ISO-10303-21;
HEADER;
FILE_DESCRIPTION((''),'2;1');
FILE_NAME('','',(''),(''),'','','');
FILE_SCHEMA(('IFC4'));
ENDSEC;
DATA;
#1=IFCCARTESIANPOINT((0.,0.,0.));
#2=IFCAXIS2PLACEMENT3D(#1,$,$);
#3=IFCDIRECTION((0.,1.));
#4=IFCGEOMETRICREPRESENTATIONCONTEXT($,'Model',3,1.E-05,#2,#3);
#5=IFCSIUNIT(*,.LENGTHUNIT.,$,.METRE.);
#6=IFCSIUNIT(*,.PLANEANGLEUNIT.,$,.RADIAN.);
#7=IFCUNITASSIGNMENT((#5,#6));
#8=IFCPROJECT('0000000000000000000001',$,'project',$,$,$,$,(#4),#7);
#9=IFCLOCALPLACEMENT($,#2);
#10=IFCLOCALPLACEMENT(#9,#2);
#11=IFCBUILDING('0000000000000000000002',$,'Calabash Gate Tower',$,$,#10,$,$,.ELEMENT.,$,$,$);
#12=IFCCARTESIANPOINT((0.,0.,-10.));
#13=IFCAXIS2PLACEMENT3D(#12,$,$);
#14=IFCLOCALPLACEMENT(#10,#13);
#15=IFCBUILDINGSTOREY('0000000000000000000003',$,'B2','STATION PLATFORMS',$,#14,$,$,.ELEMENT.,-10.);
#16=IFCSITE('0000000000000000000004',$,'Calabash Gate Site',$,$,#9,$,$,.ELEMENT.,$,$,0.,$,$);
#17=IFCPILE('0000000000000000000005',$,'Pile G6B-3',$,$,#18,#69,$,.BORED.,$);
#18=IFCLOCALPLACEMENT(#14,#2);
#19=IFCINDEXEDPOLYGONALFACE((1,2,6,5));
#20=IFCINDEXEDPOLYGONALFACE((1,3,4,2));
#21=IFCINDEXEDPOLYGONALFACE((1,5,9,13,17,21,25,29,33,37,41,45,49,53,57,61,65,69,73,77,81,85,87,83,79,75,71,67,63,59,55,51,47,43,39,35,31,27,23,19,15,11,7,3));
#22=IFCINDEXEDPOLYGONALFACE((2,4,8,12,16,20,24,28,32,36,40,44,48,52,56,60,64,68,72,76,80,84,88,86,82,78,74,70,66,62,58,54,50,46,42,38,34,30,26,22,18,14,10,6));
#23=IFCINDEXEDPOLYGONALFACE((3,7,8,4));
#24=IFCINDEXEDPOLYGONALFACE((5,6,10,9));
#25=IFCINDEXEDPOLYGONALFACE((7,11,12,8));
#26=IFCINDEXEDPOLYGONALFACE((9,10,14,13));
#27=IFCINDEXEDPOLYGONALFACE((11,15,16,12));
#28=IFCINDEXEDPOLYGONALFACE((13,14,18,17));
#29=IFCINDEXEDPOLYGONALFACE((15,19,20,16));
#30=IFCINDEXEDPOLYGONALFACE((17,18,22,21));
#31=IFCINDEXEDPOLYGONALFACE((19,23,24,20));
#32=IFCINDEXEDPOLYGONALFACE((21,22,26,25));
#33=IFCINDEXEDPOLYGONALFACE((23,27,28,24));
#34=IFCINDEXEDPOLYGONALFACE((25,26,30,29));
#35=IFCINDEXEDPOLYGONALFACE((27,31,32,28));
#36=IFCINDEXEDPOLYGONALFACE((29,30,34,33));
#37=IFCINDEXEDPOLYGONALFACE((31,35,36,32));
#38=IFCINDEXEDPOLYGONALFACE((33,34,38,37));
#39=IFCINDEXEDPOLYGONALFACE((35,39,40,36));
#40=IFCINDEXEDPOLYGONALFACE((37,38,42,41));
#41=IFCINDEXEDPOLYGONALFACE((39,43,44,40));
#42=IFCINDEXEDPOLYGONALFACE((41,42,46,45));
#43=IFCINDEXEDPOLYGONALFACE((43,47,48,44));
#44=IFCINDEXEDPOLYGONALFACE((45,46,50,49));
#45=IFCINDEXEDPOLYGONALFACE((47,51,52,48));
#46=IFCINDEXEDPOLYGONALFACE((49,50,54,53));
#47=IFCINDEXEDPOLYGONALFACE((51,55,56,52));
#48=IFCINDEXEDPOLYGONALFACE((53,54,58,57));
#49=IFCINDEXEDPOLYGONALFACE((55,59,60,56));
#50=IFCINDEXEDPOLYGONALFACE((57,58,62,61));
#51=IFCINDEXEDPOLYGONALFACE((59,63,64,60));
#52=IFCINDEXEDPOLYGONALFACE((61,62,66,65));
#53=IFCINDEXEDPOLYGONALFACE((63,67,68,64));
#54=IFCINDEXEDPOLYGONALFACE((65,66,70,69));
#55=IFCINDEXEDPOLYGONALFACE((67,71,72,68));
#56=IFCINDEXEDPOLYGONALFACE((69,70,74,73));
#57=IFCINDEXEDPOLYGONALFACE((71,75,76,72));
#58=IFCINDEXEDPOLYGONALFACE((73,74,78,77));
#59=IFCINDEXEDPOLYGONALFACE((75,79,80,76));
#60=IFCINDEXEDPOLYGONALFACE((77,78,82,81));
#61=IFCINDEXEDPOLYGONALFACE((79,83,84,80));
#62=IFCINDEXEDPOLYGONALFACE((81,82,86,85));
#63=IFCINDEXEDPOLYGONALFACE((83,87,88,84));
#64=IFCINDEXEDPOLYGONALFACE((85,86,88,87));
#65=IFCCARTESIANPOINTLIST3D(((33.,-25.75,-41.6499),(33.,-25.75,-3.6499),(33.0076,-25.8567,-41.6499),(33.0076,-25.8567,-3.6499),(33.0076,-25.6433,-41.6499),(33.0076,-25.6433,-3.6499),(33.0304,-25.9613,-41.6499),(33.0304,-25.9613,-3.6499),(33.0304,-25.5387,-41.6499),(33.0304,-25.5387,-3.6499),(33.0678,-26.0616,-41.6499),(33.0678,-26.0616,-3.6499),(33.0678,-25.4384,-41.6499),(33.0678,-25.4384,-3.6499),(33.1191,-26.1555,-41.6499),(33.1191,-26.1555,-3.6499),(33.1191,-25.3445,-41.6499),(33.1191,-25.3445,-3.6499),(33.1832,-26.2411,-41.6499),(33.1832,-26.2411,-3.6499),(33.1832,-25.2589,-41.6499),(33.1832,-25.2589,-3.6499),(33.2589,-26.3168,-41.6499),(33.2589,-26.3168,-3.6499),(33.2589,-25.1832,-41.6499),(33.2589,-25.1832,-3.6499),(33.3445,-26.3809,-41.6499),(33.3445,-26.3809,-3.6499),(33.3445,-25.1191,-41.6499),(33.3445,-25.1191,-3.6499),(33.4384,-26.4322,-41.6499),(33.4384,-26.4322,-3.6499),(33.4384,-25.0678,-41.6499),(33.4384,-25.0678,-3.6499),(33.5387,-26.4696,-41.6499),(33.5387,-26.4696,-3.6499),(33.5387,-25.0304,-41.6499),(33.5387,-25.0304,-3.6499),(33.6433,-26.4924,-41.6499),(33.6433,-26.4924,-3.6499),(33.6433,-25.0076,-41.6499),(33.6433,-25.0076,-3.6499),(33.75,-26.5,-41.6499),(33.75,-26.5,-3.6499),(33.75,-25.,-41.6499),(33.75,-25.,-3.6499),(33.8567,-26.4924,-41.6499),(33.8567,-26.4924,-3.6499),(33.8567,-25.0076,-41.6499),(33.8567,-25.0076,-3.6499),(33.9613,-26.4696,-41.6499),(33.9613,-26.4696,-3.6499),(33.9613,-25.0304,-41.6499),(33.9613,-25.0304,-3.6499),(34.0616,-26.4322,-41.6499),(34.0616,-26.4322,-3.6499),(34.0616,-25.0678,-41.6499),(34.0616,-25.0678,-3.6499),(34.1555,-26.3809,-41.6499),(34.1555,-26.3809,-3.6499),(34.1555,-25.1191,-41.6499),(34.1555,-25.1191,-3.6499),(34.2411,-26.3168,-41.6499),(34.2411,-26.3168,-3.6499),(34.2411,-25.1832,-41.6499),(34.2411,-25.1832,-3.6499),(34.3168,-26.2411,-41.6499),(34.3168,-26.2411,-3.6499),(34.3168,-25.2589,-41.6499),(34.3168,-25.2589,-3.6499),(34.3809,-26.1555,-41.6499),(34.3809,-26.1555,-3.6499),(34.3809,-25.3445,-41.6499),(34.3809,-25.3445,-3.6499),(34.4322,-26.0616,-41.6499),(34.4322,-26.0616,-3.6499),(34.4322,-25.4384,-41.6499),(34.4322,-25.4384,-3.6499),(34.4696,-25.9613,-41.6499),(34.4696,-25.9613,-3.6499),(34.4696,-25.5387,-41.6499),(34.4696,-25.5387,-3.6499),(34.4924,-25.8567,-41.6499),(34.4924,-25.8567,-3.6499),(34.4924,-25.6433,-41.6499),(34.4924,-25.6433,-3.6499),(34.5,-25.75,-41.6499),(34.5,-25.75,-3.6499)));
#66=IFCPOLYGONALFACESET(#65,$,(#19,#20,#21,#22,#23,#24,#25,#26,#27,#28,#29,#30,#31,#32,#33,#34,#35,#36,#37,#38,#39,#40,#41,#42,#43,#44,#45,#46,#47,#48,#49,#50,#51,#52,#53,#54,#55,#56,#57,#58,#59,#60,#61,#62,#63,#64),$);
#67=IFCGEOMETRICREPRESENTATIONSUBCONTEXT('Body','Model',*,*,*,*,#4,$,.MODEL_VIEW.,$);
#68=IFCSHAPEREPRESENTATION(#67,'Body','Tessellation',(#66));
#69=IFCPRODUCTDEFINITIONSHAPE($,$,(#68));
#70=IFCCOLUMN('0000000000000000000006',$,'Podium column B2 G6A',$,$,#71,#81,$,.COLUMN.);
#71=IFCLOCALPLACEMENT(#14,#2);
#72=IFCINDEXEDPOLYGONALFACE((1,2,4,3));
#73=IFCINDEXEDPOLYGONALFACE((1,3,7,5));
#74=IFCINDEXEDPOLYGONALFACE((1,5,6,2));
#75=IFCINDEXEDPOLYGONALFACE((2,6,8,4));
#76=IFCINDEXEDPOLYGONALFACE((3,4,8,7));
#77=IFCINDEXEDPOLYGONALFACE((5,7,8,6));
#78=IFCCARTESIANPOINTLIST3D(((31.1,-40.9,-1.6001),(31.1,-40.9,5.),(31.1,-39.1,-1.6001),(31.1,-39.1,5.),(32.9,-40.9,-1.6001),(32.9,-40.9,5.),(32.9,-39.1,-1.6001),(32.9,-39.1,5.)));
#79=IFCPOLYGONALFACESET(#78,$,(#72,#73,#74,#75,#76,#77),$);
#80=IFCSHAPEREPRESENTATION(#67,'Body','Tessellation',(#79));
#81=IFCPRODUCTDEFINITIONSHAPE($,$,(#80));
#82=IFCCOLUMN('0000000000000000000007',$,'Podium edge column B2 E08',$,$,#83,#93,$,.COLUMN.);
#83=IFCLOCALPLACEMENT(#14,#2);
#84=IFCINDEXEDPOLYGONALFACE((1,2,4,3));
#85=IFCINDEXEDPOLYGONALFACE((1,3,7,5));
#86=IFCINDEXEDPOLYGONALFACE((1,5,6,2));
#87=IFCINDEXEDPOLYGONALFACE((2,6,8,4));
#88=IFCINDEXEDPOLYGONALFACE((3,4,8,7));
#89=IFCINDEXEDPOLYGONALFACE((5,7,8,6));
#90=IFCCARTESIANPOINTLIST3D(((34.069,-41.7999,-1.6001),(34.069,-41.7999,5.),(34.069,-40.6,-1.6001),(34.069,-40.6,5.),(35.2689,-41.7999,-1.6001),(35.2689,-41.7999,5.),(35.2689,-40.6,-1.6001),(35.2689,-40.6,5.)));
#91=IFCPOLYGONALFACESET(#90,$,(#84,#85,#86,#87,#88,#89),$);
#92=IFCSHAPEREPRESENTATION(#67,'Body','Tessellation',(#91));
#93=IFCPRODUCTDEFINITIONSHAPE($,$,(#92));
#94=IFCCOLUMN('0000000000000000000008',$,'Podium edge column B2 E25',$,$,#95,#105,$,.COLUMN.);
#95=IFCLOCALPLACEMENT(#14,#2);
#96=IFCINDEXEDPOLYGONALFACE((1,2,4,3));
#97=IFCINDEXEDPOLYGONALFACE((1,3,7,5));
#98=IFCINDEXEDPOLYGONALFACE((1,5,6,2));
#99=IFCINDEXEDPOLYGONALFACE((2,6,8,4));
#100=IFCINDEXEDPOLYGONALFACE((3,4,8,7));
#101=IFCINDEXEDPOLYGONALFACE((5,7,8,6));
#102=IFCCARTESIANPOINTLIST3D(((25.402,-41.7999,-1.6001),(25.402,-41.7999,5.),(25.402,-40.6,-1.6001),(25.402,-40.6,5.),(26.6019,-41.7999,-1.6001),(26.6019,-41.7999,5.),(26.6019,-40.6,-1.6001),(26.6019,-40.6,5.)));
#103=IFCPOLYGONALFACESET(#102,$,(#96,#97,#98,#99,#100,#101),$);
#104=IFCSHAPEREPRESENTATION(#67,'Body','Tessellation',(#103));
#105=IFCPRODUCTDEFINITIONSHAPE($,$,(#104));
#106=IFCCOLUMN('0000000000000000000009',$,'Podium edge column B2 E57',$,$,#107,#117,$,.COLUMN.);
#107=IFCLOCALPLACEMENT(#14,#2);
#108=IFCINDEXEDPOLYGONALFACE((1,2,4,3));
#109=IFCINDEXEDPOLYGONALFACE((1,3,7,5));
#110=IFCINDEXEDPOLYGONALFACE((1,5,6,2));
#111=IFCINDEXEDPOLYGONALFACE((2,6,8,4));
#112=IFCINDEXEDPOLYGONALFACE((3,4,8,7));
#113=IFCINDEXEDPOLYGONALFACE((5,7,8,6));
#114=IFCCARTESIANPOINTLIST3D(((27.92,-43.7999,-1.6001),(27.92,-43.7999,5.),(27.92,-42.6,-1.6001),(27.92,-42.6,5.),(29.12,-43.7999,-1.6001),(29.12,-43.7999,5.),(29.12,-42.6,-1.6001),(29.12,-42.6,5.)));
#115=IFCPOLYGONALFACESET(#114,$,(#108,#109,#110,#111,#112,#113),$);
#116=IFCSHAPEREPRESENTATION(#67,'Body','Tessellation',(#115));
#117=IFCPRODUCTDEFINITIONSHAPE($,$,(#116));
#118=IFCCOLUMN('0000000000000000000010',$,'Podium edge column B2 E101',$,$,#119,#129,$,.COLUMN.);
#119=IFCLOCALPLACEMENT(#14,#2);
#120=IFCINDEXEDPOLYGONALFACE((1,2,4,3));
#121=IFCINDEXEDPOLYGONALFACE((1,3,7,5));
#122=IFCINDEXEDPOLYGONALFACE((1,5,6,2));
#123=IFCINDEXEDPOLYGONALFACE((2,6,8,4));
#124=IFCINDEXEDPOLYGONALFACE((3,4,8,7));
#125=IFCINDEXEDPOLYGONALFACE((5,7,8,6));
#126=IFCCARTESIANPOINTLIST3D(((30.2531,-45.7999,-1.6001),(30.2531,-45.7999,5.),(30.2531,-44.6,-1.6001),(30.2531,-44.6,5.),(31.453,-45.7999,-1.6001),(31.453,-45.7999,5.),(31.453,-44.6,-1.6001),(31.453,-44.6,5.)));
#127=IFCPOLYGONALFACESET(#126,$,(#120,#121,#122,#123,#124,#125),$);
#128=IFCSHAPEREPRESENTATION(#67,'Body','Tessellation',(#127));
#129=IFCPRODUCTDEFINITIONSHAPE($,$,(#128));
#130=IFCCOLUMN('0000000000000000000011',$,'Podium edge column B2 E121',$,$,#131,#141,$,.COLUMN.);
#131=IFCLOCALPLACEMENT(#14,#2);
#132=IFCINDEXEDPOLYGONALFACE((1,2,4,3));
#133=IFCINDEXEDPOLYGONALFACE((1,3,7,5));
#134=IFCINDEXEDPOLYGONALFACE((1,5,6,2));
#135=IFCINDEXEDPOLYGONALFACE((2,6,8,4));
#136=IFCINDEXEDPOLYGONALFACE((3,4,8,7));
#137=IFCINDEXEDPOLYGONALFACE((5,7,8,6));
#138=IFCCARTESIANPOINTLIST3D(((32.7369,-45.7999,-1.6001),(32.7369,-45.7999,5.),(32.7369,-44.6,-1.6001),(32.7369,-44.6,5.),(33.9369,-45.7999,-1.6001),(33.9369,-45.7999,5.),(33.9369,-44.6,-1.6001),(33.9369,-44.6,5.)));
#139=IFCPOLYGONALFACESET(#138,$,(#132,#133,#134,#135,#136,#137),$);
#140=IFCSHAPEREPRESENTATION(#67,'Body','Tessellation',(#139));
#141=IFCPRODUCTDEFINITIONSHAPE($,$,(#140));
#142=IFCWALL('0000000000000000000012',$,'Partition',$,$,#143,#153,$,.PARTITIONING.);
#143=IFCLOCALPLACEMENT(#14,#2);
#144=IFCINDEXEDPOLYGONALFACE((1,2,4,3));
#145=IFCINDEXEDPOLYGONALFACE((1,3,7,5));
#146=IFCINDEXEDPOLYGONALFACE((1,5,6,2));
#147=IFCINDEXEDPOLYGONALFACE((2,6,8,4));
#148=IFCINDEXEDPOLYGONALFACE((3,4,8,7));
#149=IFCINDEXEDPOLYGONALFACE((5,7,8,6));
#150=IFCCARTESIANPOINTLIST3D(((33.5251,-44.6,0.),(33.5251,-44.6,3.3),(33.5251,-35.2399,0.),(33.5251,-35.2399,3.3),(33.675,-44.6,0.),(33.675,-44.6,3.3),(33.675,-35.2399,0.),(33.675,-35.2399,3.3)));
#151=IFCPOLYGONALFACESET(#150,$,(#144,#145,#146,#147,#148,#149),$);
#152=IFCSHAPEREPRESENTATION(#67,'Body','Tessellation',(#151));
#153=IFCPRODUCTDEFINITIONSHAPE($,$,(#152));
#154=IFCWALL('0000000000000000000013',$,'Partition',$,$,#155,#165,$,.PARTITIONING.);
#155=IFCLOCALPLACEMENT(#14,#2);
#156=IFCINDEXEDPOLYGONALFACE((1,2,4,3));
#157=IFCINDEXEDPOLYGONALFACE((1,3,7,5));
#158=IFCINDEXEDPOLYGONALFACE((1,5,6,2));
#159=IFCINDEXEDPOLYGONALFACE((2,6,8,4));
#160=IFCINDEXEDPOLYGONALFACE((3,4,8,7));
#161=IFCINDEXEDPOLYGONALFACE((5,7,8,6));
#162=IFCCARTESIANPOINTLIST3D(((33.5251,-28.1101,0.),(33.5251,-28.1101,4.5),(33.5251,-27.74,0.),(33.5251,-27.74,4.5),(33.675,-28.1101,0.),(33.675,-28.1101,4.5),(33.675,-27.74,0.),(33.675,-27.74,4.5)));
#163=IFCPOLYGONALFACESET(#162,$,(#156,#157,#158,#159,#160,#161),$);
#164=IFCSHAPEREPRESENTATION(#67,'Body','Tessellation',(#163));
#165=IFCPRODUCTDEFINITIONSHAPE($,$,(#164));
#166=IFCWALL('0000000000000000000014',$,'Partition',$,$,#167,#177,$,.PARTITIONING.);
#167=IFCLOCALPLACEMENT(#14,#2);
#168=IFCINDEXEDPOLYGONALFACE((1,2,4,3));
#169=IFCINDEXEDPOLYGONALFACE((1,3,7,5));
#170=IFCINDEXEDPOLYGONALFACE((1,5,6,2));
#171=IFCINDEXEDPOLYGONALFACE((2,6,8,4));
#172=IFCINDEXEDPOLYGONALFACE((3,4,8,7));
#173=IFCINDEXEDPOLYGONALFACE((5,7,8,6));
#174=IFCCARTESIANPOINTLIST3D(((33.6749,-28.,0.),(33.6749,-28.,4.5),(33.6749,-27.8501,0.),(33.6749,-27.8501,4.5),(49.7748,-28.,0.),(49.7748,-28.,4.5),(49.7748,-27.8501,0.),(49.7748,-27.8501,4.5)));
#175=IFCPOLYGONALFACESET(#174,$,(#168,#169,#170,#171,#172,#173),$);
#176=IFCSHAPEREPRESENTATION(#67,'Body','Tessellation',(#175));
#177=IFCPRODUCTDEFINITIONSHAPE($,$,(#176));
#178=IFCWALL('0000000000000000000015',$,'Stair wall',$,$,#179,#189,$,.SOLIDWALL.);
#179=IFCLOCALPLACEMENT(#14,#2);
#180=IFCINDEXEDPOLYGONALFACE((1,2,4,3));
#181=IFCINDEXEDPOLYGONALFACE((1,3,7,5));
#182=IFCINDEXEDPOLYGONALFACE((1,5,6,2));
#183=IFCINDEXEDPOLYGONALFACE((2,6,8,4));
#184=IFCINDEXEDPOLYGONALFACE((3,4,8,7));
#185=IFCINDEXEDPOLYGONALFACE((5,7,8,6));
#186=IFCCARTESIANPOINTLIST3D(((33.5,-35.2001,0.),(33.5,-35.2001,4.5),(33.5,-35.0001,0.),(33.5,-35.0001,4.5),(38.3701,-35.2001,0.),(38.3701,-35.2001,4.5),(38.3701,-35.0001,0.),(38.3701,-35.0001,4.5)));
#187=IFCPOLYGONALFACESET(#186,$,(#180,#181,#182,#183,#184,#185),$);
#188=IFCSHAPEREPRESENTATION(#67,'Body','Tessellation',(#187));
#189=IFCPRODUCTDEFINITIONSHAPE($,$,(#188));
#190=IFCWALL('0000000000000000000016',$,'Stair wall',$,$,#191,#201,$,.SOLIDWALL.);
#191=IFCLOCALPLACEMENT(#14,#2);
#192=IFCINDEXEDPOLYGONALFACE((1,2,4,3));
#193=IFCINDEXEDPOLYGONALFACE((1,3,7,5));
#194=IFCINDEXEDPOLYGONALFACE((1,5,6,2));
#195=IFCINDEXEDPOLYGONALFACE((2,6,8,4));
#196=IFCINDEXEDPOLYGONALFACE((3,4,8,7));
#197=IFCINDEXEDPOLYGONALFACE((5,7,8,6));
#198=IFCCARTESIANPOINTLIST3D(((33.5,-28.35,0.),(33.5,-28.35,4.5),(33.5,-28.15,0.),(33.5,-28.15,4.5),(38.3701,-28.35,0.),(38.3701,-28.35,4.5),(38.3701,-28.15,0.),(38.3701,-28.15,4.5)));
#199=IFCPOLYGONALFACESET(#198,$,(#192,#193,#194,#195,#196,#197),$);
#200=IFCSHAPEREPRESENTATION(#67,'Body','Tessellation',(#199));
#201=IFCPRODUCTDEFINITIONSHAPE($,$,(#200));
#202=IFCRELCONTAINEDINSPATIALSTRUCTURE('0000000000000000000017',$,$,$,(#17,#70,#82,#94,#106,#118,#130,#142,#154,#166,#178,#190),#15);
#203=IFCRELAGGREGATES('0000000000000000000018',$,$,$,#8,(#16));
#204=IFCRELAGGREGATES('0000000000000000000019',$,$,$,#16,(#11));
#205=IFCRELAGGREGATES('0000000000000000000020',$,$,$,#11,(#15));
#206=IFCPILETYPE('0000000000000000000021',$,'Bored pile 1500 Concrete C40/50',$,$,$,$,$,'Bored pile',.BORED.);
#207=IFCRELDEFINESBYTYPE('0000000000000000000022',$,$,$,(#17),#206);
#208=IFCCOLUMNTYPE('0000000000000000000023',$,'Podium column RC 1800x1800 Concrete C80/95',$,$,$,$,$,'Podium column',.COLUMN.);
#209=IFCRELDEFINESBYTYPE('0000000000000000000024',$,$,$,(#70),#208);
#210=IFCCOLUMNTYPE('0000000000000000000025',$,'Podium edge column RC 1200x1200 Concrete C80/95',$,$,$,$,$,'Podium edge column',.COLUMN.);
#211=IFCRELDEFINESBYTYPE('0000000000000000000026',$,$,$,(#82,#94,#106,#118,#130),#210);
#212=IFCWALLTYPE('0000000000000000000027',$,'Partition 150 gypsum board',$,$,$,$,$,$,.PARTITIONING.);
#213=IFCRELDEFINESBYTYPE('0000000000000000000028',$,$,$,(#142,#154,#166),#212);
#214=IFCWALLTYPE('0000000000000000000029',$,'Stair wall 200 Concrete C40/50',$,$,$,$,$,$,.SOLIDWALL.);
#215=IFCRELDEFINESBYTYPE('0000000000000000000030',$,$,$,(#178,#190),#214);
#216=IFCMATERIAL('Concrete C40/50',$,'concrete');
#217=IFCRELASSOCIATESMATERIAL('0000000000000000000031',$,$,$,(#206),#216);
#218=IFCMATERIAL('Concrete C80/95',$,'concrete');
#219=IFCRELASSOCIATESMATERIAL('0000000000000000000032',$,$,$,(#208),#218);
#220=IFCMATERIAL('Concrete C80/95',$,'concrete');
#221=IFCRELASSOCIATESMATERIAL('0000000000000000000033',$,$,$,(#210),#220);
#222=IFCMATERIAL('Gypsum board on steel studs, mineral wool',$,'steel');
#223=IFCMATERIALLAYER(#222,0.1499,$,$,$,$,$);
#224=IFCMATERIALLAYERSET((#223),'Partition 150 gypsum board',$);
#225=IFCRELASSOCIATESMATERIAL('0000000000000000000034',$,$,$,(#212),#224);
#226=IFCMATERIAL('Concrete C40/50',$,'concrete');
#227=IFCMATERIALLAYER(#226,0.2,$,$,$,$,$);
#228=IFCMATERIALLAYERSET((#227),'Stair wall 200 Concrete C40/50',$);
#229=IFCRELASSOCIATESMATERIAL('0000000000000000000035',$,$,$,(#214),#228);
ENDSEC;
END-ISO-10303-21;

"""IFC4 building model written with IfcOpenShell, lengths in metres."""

from ifc_helpers import new_model, si_unit, direction, frame, frame_2d, origin, origin_2d, place, context, subcontext, project, spatial, rectangle, circle, extrude, material, layer, layer_set, material_profile, profile_set, type_object, element, save


model = new_model("IFC4")

# Units and contexts
model_context = context("Model", 3, precision=1e-05, world=origin(), true_north=direction((0.0, 1.0)))
body_context = subcontext(model_context, "Body", "Model", "MODEL_VIEW")
ifc_project = project(units=[si_unit("LENGTHUNIT", "METRE"), si_unit("PLANEANGLEUNIT", "RADIAN")], contexts=[model_context])

# Site, building, storey
site_placement = place(None, origin())
site = spatial("IfcSite", under=ifc_project, at=site_placement, Name="Calabash Gate Site", CompositionType="ELEMENT", RefElevation=0.0)
building_placement = place(site_placement, origin())
building = spatial("IfcBuilding", under=site, at=building_placement, Name="Calabash Gate Tower", CompositionType="ELEMENT")
storey_placement = place(building_placement, frame((0.0, 0.0, -10.0)))
storey = spatial("IfcBuildingStorey", under=building, at=storey_placement, Name="B2", Description="STATION PLATFORMS", CompositionType="ELEMENT", Elevation=-10.0)

# Pile
ifc_material_1 = material(Name="Concrete C40/50", Category="concrete")
ifc_material_profile_1 = material_profile(ifc_material_1, circle(Radius=0.75, at=origin_2d()))
ifc_profile_set_1 = profile_set([ifc_material_profile_1], Name="Concrete C40/50")
pile_type = type_object("IfcPileType", Name="Bored pile 1500 Concrete C40/50", ElementType="Bored pile", PredefinedType="BORED", material=ifc_profile_set_1)
for number, where, z_axis, x_axis, name in (
    (1, (33.75, -25.75, -3.6499), (0.0, 0.0, -1.0), (1.0, 0.0, 0.0), "Pile G6B-3"),
):
    element("IfcPile", number, at=place(storey_placement, frame(where, z_axis=z_axis, x_axis=x_axis)), inside=storey, type_object=pile_type, Name=name, PredefinedType="BORED", context=body_context, shape_type="SweptSolid", body=[
        extrude(circle(Radius=0.75, at=origin_2d()), origin(), (0.0, 0.0, 1.0), 38.0),
    ])

# Columns
ifc_material_2 = material(Name="Concrete C80/95", Category="concrete")
ifc_material_profile_2 = material_profile(ifc_material_2, rectangle(XDim=1.8, YDim=1.8, at=origin_2d()))
ifc_profile_set_2 = profile_set([ifc_material_profile_2], Name="Concrete C80/95")
column_type_1 = type_object("IfcColumnType", Name="Podium column RC 1800x1800 Concrete C80/95", ElementType="Podium column", PredefinedType="COLUMN", material=ifc_profile_set_2)
column_placement = place(storey_placement, frame((32.0, -40.0, -1.6001), z_axis=(0.0, 0.0, 1.0), x_axis=(1.0, 0.0, 0.0)))
element("IfcColumn", 2, at=column_placement, inside=storey, type_object=column_type_1, Name="Podium column B2 G6A", PredefinedType="COLUMN", context=body_context, shape_type="SweptSolid", body=[
    extrude(rectangle(XDim=1.8, YDim=1.8, at=origin_2d()), origin(), (0.0, 0.0, 1.0), 6.6001),
])
ifc_material_3 = material(Name="Concrete C80/95", Category="concrete")
ifc_material_profile_3 = material_profile(ifc_material_3, rectangle(XDim=1.2, YDim=1.2, at=origin_2d()))
ifc_profile_set_3 = profile_set([ifc_material_profile_3], Name="Concrete C80/95")
column_type_2 = type_object("IfcColumnType", Name="Podium edge column RC 1200x1200 Concrete C80/95", ElementType="Podium edge column", PredefinedType="COLUMN", material=ifc_profile_set_3)
for number, where, z_axis, x_axis, name in (
    (3, (34.6689, -41.2, -1.6001), (0.0, 0.0, 1.0), (1.0, 0.0, 0.0), "Podium edge column B2 E08"),
    (4, (26.002, -41.2, -1.6001), (0.0, 0.0, 1.0), (1.0, 0.0, 0.0), "Podium edge column B2 E25"),
    (5, (28.52, -43.2, -1.6001), (0.0, 0.0, 1.0), (1.0, 0.0, 0.0), "Podium edge column B2 E57"),
    (6, (30.853, -45.2, -1.6001), (0.0, 0.0, 1.0), (1.0, 0.0, 0.0), "Podium edge column B2 E101"),
    (7, (33.3369, -45.2, -1.6001), (0.0, 0.0, 1.0), (1.0, 0.0, 0.0), "Podium edge column B2 E121"),
):
    element("IfcColumn", number, at=place(storey_placement, frame(where, z_axis=z_axis, x_axis=x_axis)), inside=storey, type_object=column_type_2, Name=name, PredefinedType="COLUMN", context=body_context, shape_type="SweptSolid", body=[
        extrude(rectangle(XDim=1.2, YDim=1.2, at=origin_2d()), origin(), (0.0, 0.0, 1.0), 6.6001),
    ])

# Walls
ifc_material_4 = material(Name="Gypsum board on steel studs, mineral wool", Category="steel")
ifc_layer_1 = layer(ifc_material_4, 0.1499)
ifc_layer_set_1 = layer_set([ifc_layer_1], Name="Partition 150 gypsum board")
wall_type_1 = type_object("IfcWallType", Name="Partition 150 gypsum board", PredefinedType="PARTITIONING", material=ifc_layer_set_1)
wall_1_placement = place(storey_placement, frame((33.6001, -44.6001, 0.0), z_axis=(0.0, 0.0, 1.0), x_axis=(0.0, 1.0, 0.0)))
element("IfcWall", 8, at=wall_1_placement, inside=storey, type_object=wall_type_1, Name="Partition", PredefinedType="PARTITIONING", context=body_context, shape_type="SweptSolid", body=[
    extrude(rectangle(XDim=9.3601, YDim=0.1499, at=frame_2d((4.6802, 0.0))), origin(), (0.0, 0.0, 1.0), 3.3),
])
wall_2_placement = place(storey_placement, frame((33.6001, -28.1101, 0.0), z_axis=(0.0, 0.0, 1.0), x_axis=(0.0, 1.0, 0.0)))
element("IfcWall", 9, at=wall_2_placement, inside=storey, type_object=wall_type_1, Name="Partition", PredefinedType="PARTITIONING", context=body_context, shape_type="SweptSolid", body=[
    extrude(rectangle(XDim=0.3701, YDim=0.1499, at=frame_2d((0.1851, 0.0))), origin(), (0.0, 0.0, 1.0), 4.5),
])
wall_3_placement = place(storey_placement, frame((33.675, -27.925, 0.0), z_axis=(0.0, 0.0, 1.0), x_axis=(1.0, 0.0, 0.0)))
element("IfcWall", 10, at=wall_3_placement, inside=storey, type_object=wall_type_1, Name="Partition", PredefinedType="PARTITIONING", context=body_context, shape_type="SweptSolid", body=[
    extrude(rectangle(XDim=16.0999, YDim=0.1499, at=frame_2d((8.0498, 0.0))), origin(), (0.0, 0.0, 1.0), 4.5),
])
ifc_material_5 = material(Name="Concrete C40/50", Category="concrete")
ifc_layer_2 = layer(ifc_material_5, 0.2)
ifc_layer_set_2 = layer_set([ifc_layer_2], Name="Stair wall 200 Concrete C40/50")
wall_type_2 = type_object("IfcWallType", Name="Stair wall 200 Concrete C40/50", PredefinedType="SOLIDWALL", material=ifc_layer_set_2)
for number, where, z_axis, x_axis, name in (
    (11, (33.5, -35.1001, 0.0), (0.0, 0.0, 1.0), (1.0, 0.0, 0.0), "Stair wall"),
    (12, (33.5, -28.25, 0.0), (0.0, 0.0, 1.0), (1.0, 0.0, 0.0), "Stair wall"),
):
    element("IfcWall", number, at=place(storey_placement, frame(where, z_axis=z_axis, x_axis=x_axis)), inside=storey, type_object=wall_type_2, Name=name, PredefinedType="SOLIDWALL", context=body_context, shape_type="SweptSolid", body=[
        extrude(rectangle(XDim=4.8701, YDim=0.2, at=frame_2d((2.4351, 0.0))), origin(), (0.0, 0.0, 1.0), 4.5),
    ])

save(model, "model.ifc")
